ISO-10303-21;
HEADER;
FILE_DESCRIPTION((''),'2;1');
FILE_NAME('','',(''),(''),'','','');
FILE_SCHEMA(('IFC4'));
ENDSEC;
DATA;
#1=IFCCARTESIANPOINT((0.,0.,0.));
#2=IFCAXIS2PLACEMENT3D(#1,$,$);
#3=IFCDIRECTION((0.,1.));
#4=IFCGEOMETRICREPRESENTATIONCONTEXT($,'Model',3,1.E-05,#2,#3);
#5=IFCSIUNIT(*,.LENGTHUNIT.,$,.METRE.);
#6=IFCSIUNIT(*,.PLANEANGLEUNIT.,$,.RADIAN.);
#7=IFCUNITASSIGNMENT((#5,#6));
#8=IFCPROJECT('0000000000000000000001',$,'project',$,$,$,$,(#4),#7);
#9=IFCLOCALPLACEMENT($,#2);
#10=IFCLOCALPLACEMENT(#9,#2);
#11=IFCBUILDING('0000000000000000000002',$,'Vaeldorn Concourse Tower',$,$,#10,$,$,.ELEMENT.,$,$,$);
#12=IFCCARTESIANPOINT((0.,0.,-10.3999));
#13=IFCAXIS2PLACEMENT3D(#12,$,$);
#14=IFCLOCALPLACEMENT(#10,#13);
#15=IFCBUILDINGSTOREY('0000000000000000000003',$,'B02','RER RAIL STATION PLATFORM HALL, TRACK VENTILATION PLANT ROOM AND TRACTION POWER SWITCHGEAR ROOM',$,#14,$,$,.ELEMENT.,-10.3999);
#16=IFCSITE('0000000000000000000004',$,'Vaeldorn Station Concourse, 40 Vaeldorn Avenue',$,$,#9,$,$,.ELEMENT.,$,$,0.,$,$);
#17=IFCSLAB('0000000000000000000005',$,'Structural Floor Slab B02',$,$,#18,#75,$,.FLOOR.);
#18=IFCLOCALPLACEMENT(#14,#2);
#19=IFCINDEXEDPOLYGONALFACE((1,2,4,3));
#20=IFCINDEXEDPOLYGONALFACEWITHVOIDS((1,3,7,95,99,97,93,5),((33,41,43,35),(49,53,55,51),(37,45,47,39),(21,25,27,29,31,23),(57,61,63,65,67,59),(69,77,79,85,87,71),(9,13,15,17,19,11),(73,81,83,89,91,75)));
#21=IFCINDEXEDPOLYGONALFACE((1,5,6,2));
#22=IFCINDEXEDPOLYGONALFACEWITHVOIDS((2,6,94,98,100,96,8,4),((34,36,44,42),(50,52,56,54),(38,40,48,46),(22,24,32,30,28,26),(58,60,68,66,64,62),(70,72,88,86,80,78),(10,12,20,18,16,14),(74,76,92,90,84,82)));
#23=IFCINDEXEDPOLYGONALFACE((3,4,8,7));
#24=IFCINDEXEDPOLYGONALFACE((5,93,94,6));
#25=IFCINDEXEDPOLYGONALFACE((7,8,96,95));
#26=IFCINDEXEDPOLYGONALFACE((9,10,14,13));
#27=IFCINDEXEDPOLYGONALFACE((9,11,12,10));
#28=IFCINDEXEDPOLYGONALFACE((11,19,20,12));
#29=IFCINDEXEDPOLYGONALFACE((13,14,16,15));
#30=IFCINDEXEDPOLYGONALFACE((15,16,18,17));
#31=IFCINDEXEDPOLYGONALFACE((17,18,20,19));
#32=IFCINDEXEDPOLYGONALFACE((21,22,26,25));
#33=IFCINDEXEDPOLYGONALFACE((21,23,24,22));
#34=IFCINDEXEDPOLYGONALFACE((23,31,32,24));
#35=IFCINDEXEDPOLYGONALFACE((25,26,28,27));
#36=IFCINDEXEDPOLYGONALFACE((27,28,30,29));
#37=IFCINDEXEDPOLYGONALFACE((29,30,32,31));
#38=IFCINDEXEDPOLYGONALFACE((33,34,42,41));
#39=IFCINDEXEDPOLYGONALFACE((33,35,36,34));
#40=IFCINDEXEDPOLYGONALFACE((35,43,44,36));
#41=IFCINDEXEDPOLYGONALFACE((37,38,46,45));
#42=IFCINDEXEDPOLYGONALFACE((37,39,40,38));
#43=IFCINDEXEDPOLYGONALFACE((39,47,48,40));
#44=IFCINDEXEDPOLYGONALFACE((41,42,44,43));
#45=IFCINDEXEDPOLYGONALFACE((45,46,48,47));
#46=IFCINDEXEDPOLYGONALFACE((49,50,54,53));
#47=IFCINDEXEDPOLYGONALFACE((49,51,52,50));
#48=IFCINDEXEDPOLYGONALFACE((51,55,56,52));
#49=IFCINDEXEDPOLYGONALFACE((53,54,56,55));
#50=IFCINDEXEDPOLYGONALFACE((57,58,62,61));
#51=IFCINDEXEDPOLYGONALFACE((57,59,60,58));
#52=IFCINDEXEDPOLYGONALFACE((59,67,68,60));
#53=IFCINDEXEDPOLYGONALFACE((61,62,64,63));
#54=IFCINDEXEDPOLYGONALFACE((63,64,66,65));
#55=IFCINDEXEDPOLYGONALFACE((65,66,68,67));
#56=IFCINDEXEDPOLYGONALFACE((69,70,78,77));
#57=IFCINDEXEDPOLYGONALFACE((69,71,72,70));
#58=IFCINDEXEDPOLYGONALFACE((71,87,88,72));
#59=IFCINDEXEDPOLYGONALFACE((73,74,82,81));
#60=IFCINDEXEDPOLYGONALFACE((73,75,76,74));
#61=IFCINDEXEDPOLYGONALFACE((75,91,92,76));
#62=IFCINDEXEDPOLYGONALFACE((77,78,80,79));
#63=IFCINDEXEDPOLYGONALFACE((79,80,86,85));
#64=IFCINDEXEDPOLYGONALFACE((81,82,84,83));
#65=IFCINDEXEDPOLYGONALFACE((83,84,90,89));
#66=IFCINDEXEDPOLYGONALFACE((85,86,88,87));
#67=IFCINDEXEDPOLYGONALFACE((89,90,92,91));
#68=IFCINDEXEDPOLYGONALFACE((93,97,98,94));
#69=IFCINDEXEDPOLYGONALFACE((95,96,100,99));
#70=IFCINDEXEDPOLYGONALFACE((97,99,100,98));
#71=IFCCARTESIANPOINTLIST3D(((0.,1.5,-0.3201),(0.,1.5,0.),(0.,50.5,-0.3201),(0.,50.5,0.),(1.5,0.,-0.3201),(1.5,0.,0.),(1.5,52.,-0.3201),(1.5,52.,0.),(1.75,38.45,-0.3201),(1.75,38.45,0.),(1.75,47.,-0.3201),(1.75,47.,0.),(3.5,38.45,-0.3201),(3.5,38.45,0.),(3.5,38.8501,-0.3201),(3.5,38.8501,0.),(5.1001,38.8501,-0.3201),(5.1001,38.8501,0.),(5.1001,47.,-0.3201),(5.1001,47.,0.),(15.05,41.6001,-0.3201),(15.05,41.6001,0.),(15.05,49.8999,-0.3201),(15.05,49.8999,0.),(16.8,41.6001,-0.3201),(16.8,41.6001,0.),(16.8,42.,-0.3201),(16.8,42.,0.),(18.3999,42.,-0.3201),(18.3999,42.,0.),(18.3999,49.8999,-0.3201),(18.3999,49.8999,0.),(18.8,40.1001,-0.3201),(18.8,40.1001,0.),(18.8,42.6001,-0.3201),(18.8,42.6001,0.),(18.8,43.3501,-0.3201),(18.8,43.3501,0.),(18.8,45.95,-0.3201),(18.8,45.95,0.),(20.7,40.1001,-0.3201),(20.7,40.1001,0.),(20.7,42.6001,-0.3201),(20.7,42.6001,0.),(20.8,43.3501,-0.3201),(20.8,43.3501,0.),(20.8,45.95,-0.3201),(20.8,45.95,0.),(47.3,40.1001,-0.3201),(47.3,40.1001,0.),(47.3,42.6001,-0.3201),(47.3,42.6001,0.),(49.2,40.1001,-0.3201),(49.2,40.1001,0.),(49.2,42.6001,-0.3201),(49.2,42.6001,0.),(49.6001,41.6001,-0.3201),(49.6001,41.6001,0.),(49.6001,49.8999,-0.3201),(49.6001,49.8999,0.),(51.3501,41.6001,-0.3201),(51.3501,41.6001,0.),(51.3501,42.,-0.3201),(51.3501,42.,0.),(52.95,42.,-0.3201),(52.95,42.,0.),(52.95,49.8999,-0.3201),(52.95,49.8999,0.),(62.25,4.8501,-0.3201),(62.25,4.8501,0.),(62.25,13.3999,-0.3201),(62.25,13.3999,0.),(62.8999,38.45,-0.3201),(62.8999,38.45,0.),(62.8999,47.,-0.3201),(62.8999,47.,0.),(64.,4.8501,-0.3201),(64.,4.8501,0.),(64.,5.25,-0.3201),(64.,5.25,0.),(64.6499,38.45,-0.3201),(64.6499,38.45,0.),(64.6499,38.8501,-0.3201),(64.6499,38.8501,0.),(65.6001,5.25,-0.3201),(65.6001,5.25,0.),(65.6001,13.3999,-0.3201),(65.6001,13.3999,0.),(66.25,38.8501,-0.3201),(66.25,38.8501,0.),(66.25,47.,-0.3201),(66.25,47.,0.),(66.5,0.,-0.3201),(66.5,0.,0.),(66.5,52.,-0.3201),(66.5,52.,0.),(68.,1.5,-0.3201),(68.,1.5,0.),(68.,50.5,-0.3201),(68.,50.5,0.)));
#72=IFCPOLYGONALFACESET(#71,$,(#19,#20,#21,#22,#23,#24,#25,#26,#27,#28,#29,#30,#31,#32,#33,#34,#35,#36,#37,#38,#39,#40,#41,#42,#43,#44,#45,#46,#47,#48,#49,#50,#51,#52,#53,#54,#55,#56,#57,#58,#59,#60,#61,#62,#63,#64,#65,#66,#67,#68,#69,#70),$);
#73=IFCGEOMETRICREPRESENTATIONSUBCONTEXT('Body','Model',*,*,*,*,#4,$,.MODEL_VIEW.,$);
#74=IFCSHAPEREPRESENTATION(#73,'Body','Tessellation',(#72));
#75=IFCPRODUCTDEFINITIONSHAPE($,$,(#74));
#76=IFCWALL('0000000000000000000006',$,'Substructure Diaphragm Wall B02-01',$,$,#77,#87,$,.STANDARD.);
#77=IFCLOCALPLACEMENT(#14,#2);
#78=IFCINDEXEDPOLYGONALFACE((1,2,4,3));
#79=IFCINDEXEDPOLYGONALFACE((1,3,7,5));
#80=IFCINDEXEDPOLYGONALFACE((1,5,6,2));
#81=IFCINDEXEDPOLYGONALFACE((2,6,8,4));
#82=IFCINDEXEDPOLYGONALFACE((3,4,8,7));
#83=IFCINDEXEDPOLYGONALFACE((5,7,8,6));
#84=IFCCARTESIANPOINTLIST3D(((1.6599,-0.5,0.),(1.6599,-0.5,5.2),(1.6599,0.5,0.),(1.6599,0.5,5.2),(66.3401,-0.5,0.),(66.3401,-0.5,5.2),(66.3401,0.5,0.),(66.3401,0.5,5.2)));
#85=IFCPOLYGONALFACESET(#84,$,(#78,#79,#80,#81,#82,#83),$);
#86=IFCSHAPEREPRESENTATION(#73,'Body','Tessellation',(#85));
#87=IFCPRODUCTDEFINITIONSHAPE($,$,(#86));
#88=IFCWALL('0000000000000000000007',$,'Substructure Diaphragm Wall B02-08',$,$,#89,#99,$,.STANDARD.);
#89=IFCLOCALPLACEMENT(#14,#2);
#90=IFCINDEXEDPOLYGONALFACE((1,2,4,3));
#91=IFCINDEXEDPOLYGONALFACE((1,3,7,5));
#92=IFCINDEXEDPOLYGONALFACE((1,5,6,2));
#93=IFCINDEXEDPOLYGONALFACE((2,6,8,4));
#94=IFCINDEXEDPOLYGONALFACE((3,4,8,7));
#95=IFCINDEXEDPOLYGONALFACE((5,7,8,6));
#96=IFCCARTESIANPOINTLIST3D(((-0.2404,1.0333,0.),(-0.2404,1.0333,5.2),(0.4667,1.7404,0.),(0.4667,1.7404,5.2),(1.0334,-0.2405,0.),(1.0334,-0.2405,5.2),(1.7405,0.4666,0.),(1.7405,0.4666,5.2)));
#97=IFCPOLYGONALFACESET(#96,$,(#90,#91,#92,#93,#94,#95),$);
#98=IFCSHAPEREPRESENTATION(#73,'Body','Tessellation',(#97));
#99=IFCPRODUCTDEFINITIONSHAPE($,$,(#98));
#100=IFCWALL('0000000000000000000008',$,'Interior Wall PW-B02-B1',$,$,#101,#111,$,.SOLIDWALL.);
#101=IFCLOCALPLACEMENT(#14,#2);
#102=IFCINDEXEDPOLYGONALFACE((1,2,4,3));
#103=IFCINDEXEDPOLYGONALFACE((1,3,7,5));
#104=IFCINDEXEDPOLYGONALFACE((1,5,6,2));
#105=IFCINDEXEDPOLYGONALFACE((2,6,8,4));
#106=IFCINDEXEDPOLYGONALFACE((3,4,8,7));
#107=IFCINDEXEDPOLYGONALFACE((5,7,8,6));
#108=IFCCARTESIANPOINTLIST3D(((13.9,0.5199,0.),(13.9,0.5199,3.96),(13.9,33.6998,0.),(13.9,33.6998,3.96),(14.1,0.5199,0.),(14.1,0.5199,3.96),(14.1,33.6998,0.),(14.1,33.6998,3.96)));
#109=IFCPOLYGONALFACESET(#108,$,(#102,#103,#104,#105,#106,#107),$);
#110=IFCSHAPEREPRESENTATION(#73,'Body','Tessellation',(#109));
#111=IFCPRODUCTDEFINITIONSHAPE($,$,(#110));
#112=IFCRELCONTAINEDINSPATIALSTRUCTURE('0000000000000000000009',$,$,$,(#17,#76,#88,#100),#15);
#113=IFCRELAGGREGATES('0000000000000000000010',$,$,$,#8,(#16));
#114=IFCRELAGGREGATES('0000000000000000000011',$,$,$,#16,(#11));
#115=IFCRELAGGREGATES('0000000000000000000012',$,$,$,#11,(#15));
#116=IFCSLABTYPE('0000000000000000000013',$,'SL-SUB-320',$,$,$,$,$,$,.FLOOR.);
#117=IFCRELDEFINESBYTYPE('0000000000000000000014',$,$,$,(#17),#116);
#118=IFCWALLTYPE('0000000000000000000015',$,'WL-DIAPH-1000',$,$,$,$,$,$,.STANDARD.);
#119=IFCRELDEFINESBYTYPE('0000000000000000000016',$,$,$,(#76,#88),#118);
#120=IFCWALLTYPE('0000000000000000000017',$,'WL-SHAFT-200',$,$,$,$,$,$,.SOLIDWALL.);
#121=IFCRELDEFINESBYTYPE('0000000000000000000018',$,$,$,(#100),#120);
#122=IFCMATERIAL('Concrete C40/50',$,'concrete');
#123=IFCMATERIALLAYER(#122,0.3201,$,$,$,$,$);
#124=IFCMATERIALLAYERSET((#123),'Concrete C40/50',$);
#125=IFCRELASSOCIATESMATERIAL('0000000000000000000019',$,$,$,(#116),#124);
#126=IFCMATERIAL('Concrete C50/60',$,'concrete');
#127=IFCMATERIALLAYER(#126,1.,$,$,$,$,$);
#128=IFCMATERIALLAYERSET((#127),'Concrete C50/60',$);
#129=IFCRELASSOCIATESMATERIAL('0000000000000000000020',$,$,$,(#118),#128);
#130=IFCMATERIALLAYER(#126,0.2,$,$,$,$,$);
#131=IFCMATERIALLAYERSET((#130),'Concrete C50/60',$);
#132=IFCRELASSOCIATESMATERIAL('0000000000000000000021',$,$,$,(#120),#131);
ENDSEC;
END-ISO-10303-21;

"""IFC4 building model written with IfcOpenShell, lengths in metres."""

from ifc_helpers import new_model, si_unit, direction, frame, frame_2d, origin, place, context, subcontext, project, spatial, polyline, rectangle, outline, extrude, material, layer, layer_set, type_object, element, save


model = new_model("IFC4")

# Units and contexts
model_context = context("Model", 3, precision=1e-05, world=origin(), true_north=direction((0.0, 1.0)))
body_context = subcontext(model_context, "Body", "Model", "MODEL_VIEW")
ifc_project = project(units=[si_unit("LENGTHUNIT", "METRE"), si_unit("PLANEANGLEUNIT", "RADIAN")], contexts=[model_context])

# Site, building, storey
site_placement = place(None, origin())
site = spatial("IfcSite", under=ifc_project, at=site_placement, Name="Vaeldorn Station Concourse, 40 Vaeldorn Avenue", CompositionType="ELEMENT", RefElevation=0.0)
building_placement = place(site_placement, origin())
building = spatial("IfcBuilding", under=site, at=building_placement, Name="Vaeldorn Concourse Tower", CompositionType="ELEMENT")
storey_placement = place(building_placement, frame((0.0, 0.0, -10.3999)))
storey = spatial("IfcBuildingStorey", under=building, at=storey_placement, Name="B02", Description="RER RAIL STATION PLATFORM HALL, TRACK VENTILATION PLANT ROOM AND TRACTION POWER SWITCHGEAR ROOM", CompositionType="ELEMENT", Elevation=-10.3999)

# Shared definitions
ifc_material_1 = material(Name="Concrete C40/50", Category="concrete")

# Slab
ifc_layer_1 = layer(ifc_material_1, 0.3201)
ifc_layer_set_1 = layer_set([ifc_layer_1], Name="Concrete C40/50")
slab_type_1 = type_object("IfcSlabType", Name="SL-SUB-320", PredefinedType="FLOOR", material=ifc_layer_set_1)
slab_1_placement = place(storey_placement, frame((0.0, 0.0, -0.3201)))
element("IfcSlab", 1, at=slab_1_placement, inside=storey, type_object=slab_type_1, Name="Structural Floor Slab B02", PredefinedType="FLOOR", context=body_context, shape_type="SweptSolid", body=[
    extrude(outline(polyline([(1.5, 0.0), (66.5, 0.0), (68.0, 1.5), (68.0, 50.5), (66.5, 52.0), (1.5, 52.0), (0.0, 50.5), (0.0, 1.5), (1.5, 0.0)]), holes=[polyline([(18.3999, 42.0), (18.3999, 49.8999), (15.05, 49.8999), (15.05, 41.6001), (16.8, 41.6001), (16.8, 42.0), (18.3999, 42.0)]), polyline([(52.95, 42.0), (52.95, 49.8999), (49.6001, 49.8999), (49.6001, 41.6001), (51.3501, 41.6001), (51.3501, 42.0), (52.95, 42.0)]), polyline([(5.1001, 38.8501), (5.1001, 47.0), (1.75, 47.0), (1.75, 38.45), (3.5, 38.45), (3.5, 38.8501), (5.1001, 38.8501)]), polyline([(66.25, 38.8501), (66.25, 47.0), (62.8999, 47.0), (62.8999, 38.45), (64.6499, 38.45), (64.6499, 38.8501), (66.25, 38.8501)]), polyline([(65.6001, 5.25), (65.6001, 13.3999), (62.25, 13.3999), (62.25, 4.8501), (64.0, 4.8501), (64.0, 5.25), (65.6001, 5.25)]), polyline([(18.8, 43.3501), (20.8, 43.3501), (20.8, 45.95), (18.8, 45.95), (18.8, 43.3501)]), polyline([(18.8, 40.1001), (20.7, 40.1001), (20.7, 42.6001), (18.8, 42.6001), (18.8, 40.1001)]), polyline([(47.3, 40.1001), (49.2, 40.1001), (49.2, 42.6001), (47.3, 42.6001), (47.3, 40.1001)])]), origin(), (0.0, 0.0, 1.0), 0.3201),
])

# Walls
ifc_material_2 = material(Name="Concrete C50/60", Category="concrete")
ifc_layer_2 = layer(ifc_material_2, 1.0)
ifc_layer_set_2 = layer_set([ifc_layer_2], Name="Concrete C50/60")
wall_type_1 = type_object("IfcWallType", Name="WL-DIAPH-1000", PredefinedType="STANDARD", material=ifc_layer_set_2)
wall_1_placement = place(storey_placement, frame((1.6599, 0.0, 0.0), z_axis=(0.0, 0.0, 1.0), x_axis=(1.0, 0.0, 0.0)))
element("IfcWall", 2, at=wall_1_placement, inside=storey, type_object=wall_type_1, Name="Substructure Diaphragm Wall B02-01", PredefinedType="STANDARD", context=body_context, shape_type="SweptSolid", body=[
    extrude(rectangle(XDim=64.6802, YDim=1.0, at=frame_2d((32.3401, 0.0))), origin(), (0.0, 0.0, 1.0), 5.2),
])
wall_2_placement = place(storey_placement, frame((0.113, 1.387, 0.0), z_axis=(0.0, 0.0, 1.0), x_axis=(0.707107, -0.707107, 0.0)))
element("IfcWall", 3, at=wall_2_placement, inside=storey, type_object=wall_type_1, Name="Substructure Diaphragm Wall B02-08", PredefinedType="STANDARD", context=body_context, shape_type="SweptSolid", body=[
    extrude(rectangle(XDim=1.8015, YDim=1.0, at=frame_2d((0.9009, 0.0))), origin(), (0.0, 0.0, 1.0), 5.2),
])
ifc_layer_3 = layer(ifc_material_2, 0.2)
ifc_layer_set_3 = layer_set([ifc_layer_3], Name="Concrete C50/60")
wall_type_2 = type_object("IfcWallType", Name="WL-SHAFT-200", PredefinedType="SOLIDWALL", material=ifc_layer_set_3)
wall_3_placement = place(storey_placement, frame((14.0, 0.52, 0.0), z_axis=(0.0, 0.0, 1.0), x_axis=(0.0, 1.0, 0.0)))
element("IfcWall", 4, at=wall_3_placement, inside=storey, type_object=wall_type_2, Name="Interior Wall PW-B02-B1", PredefinedType="SOLIDWALL", context=body_context, shape_type="SweptSolid", body=[
    extrude(rectangle(XDim=33.1799, YDim=0.2, at=frame_2d((16.5898, 0.0))), origin(), (0.0, 0.0, 1.0), 3.96),
])

save(model, "model.ifc")
